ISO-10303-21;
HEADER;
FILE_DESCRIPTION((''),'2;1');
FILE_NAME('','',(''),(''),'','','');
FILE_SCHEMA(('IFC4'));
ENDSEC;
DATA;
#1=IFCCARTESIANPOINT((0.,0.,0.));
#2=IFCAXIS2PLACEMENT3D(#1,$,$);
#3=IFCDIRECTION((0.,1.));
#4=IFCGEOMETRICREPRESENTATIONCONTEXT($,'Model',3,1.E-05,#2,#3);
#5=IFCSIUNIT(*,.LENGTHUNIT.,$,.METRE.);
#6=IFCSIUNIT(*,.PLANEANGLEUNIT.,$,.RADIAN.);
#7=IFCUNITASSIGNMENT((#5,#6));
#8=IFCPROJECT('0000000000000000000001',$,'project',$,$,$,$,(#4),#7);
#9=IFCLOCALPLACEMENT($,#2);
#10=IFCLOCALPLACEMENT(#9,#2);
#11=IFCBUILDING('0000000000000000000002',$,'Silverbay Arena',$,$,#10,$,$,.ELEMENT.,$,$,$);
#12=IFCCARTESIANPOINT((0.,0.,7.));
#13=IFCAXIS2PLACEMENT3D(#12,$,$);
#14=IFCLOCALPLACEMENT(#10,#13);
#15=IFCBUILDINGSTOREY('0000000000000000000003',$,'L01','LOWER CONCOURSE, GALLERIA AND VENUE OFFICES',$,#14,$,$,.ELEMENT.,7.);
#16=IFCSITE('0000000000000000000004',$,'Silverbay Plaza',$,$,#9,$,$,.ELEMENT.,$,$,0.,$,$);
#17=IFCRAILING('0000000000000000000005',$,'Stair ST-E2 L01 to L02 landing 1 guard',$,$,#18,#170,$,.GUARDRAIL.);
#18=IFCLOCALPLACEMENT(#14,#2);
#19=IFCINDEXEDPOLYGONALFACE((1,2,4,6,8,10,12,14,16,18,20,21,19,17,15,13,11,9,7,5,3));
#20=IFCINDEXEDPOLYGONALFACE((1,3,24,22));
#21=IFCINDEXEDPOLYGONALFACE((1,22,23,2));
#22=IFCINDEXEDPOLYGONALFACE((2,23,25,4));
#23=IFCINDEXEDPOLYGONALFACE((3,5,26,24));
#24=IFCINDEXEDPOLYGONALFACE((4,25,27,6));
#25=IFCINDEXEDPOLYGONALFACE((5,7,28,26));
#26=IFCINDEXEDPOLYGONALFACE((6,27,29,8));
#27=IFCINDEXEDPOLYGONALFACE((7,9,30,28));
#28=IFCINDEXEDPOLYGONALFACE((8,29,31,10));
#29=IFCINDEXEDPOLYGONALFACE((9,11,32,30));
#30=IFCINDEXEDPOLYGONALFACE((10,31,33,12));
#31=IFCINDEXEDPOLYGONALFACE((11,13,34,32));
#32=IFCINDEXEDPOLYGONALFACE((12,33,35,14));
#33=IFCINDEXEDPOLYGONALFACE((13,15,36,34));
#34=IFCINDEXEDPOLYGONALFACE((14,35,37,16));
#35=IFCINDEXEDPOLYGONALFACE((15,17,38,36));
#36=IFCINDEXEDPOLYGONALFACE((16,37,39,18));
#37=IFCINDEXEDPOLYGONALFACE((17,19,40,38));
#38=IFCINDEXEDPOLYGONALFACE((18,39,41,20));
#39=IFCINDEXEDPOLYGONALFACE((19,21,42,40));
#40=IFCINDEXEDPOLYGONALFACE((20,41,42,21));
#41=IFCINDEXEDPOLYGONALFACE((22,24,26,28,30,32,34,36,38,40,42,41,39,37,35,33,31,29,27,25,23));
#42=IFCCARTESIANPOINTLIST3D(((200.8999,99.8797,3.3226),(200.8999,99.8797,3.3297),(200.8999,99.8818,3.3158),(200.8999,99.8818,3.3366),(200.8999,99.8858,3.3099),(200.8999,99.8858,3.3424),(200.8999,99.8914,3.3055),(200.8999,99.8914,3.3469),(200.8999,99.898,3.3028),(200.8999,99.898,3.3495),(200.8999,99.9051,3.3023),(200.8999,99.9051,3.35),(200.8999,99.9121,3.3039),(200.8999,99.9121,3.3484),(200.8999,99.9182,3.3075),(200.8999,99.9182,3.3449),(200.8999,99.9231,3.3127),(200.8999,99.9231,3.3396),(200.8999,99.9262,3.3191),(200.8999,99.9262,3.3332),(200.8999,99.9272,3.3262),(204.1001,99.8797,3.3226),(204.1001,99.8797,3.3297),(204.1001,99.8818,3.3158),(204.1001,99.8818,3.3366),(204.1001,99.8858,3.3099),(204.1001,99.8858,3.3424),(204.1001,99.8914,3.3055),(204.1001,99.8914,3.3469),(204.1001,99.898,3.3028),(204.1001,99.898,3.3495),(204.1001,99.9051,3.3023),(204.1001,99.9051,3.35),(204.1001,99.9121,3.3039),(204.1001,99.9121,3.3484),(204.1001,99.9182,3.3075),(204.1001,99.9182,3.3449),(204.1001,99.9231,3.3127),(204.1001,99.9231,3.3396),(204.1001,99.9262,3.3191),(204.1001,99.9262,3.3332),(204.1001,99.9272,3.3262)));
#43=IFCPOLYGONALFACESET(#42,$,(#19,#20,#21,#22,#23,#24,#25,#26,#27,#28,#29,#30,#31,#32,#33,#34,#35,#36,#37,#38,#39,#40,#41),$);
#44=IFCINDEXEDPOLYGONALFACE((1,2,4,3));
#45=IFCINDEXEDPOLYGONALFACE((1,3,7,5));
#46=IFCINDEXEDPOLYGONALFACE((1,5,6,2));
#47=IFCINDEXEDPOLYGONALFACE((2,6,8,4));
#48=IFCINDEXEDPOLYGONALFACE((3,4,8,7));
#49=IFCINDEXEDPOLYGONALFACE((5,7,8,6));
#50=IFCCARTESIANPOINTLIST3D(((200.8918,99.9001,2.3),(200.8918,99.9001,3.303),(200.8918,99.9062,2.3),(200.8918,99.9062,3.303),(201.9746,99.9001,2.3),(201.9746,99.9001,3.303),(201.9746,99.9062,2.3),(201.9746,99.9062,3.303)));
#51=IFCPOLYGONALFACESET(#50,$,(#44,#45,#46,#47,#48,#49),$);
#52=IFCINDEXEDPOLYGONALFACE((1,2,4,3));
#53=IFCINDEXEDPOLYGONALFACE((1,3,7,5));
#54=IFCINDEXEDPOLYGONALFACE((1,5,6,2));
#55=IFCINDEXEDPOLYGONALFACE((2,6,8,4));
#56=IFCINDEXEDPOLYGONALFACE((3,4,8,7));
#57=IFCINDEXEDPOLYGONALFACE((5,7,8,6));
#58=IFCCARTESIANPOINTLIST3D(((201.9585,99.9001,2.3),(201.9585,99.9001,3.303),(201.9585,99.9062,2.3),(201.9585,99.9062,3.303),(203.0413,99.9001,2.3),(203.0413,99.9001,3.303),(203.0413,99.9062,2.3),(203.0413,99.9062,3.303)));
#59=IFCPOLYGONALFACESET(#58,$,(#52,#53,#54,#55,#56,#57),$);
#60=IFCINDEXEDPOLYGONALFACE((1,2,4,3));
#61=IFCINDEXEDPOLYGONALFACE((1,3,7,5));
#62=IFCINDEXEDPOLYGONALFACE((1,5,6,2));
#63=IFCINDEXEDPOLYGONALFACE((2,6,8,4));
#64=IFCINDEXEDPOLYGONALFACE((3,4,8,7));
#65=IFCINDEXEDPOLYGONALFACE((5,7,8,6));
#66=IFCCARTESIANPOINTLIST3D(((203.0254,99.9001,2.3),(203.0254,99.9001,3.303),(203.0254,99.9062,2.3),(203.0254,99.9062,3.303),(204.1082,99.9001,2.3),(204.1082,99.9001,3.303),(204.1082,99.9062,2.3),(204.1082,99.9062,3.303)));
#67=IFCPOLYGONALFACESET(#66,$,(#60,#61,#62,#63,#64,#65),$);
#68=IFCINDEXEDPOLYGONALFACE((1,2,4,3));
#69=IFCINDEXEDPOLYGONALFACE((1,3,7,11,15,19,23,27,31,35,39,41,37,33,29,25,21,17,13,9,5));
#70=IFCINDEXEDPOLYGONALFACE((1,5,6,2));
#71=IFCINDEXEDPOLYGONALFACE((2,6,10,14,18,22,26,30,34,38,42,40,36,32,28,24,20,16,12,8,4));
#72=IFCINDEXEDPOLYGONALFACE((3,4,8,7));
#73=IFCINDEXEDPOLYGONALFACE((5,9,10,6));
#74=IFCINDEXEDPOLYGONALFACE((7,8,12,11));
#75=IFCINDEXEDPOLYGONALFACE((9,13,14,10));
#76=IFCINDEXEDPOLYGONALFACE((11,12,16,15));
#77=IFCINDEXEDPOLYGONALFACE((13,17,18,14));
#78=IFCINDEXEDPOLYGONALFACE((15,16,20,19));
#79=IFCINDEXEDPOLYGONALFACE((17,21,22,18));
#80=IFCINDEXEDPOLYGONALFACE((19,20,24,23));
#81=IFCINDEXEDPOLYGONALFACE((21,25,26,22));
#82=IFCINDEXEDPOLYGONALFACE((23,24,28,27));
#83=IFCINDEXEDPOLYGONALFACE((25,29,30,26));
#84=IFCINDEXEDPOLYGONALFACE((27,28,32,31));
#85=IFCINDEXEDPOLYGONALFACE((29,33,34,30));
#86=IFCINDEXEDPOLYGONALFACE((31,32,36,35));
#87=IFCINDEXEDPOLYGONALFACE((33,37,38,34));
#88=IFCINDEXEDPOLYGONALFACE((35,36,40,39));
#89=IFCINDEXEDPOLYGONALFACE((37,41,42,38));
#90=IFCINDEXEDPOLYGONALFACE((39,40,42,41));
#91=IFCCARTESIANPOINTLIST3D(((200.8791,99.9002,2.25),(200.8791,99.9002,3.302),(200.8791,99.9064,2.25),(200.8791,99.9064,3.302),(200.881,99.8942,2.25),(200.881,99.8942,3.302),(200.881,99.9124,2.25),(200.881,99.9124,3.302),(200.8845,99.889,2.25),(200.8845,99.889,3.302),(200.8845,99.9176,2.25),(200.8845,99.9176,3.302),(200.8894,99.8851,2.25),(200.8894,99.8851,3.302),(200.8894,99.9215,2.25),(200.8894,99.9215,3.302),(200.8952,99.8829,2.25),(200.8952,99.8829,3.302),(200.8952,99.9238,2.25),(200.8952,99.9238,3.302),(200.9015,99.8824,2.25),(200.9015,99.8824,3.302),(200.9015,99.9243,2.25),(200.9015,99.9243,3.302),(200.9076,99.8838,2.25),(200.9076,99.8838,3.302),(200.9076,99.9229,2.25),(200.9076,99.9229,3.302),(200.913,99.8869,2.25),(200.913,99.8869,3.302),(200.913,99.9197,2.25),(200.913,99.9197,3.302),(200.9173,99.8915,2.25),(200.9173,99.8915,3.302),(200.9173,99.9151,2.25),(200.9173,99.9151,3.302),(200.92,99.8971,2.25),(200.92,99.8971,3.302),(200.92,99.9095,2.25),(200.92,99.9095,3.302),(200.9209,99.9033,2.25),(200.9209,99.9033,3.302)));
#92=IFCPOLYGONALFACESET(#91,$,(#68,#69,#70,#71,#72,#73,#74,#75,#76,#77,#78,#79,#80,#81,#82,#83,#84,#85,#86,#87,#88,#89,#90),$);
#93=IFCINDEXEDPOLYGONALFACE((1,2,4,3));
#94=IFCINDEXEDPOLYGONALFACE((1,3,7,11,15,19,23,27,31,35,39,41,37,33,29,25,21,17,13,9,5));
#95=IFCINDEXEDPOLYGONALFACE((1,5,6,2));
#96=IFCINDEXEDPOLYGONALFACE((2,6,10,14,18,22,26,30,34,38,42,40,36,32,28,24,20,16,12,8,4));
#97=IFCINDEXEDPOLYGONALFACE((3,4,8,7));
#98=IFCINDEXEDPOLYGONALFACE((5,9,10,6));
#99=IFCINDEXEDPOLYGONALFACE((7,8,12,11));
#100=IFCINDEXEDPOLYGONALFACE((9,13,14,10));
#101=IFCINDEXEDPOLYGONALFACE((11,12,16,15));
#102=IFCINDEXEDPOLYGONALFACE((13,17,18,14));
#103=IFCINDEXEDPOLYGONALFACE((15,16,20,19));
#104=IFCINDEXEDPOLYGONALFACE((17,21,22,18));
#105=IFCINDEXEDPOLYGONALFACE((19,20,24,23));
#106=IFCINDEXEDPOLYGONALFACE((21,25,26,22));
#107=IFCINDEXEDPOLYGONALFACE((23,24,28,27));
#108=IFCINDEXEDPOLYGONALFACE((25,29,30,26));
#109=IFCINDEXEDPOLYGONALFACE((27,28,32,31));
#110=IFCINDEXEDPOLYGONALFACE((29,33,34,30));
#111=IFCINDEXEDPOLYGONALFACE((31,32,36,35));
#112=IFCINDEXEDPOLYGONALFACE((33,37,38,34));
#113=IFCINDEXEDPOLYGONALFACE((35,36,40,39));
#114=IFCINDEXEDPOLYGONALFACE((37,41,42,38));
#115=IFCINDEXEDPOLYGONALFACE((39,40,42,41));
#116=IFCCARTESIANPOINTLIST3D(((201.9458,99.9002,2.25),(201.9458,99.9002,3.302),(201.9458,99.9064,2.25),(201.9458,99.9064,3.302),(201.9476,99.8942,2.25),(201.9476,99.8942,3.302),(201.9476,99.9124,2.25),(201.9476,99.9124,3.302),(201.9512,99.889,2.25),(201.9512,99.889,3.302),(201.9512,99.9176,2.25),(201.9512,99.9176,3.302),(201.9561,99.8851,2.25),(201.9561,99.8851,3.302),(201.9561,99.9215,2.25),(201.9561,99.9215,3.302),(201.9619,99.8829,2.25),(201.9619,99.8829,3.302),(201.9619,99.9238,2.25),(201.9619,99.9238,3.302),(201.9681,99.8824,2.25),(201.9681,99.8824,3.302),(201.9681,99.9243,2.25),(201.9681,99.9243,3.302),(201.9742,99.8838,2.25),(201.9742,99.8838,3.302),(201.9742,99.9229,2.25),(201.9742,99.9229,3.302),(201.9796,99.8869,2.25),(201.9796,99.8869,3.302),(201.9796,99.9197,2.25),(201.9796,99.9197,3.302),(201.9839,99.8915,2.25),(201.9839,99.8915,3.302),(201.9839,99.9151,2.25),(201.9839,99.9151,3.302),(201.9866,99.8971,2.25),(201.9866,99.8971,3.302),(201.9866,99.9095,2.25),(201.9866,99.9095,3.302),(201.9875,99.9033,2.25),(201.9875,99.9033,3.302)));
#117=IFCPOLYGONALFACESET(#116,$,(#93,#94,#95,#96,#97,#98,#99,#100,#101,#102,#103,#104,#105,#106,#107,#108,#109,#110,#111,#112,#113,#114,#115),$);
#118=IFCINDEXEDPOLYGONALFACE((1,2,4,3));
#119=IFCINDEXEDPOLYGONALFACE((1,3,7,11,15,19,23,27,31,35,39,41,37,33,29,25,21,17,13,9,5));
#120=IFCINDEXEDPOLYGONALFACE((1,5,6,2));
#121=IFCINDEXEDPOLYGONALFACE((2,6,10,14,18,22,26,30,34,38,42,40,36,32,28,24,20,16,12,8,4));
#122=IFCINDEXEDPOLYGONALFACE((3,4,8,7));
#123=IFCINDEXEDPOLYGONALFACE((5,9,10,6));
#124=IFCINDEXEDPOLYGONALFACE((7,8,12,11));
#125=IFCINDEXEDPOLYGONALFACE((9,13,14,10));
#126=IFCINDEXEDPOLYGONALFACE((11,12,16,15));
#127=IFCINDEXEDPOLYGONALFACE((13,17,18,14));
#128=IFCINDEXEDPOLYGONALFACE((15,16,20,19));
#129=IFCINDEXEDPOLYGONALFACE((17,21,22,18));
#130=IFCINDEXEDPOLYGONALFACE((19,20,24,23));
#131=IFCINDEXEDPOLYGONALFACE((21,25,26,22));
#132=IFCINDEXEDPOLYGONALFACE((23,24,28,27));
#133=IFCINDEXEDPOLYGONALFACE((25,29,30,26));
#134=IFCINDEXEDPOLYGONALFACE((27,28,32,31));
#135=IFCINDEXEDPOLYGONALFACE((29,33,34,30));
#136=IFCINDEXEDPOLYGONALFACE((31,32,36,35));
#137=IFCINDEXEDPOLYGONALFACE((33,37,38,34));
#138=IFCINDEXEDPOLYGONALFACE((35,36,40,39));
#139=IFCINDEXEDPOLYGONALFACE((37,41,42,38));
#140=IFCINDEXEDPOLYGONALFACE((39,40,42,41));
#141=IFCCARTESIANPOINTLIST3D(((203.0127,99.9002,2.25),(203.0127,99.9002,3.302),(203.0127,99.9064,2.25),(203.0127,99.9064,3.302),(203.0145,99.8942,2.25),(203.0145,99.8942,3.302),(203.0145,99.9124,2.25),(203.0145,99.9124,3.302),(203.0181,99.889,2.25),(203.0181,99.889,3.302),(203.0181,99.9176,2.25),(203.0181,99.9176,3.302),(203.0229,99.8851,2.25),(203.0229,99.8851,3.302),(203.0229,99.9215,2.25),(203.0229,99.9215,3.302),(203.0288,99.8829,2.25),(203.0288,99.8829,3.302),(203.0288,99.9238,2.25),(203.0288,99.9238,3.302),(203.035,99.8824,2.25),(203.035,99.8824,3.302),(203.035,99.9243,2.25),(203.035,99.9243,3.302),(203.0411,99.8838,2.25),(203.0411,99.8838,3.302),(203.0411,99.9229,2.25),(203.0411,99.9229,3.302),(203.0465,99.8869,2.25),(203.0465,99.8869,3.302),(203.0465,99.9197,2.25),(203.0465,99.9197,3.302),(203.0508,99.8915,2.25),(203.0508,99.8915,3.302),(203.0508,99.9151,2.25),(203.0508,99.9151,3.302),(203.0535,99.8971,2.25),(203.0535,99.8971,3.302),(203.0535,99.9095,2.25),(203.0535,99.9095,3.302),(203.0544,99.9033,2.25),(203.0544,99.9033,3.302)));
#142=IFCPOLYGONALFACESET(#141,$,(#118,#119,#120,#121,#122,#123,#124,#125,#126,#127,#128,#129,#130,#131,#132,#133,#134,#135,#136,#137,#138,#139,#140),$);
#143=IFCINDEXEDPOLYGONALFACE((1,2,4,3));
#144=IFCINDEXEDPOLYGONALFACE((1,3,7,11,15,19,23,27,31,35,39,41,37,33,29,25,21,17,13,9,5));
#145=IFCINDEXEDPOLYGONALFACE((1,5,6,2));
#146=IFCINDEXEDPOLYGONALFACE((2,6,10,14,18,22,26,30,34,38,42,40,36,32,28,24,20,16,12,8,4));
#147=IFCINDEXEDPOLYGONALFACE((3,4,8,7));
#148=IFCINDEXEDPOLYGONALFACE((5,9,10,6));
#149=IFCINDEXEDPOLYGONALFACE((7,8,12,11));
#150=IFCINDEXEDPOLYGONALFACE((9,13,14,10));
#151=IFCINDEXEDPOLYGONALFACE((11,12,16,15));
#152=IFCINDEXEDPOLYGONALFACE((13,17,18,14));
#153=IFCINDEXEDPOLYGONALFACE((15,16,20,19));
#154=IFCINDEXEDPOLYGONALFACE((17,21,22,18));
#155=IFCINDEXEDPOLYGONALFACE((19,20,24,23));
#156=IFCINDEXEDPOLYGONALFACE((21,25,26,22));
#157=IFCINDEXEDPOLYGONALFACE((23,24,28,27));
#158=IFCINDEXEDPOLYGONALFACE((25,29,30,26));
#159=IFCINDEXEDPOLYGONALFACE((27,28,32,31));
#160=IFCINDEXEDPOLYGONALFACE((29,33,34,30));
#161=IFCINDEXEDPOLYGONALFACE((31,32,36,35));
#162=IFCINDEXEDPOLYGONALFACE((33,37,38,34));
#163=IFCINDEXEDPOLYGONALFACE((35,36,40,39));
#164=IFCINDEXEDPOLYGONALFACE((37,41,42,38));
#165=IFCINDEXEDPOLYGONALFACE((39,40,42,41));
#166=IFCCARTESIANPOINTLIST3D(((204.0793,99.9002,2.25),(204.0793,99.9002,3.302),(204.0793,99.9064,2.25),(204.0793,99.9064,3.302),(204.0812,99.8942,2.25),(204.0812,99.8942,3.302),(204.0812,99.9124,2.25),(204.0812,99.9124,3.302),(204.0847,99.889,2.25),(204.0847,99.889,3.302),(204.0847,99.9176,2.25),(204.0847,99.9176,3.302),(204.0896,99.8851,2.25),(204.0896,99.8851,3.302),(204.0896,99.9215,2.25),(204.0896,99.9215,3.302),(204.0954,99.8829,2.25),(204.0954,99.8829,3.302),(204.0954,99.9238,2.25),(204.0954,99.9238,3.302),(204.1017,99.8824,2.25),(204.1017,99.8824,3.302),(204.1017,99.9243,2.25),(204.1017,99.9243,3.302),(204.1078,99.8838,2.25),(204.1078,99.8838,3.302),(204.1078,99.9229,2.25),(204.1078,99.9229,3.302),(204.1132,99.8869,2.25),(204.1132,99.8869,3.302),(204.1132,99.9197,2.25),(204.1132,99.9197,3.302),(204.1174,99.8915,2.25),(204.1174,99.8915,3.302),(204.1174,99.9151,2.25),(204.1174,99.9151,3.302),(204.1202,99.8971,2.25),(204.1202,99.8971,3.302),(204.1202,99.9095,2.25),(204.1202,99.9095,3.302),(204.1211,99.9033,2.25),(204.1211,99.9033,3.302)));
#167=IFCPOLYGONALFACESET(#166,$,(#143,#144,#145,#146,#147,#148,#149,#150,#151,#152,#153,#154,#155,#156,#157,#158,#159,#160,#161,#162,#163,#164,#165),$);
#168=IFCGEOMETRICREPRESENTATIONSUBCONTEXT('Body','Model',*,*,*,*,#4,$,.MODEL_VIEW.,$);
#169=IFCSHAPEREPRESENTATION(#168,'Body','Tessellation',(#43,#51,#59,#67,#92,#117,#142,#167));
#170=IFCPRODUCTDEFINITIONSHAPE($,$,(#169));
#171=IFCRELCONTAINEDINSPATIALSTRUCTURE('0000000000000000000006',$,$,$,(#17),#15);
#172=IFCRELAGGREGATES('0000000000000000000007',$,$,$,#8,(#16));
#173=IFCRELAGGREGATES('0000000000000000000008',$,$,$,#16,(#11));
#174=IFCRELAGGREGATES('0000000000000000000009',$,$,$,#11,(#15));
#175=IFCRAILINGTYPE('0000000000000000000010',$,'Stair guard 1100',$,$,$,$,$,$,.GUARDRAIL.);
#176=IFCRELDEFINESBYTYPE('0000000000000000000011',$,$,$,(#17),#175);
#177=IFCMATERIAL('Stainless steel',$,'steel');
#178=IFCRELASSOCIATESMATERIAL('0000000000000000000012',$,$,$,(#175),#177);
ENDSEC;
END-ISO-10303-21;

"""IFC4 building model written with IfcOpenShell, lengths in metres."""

from ifc_helpers import new_model, si_unit, direction, frame, origin, origin_2d, place, context, subcontext, project, spatial, polyline, circle, outline, extrude, material, type_object, element, save


model = new_model("IFC4")

# Units and contexts
model_context = context("Model", 3, precision=1e-05, world=origin(), true_north=direction((0.0, 1.0)))
body_context = subcontext(model_context, "Body", "Model", "MODEL_VIEW")
ifc_project = project(units=[si_unit("LENGTHUNIT", "METRE"), si_unit("PLANEANGLEUNIT", "RADIAN")], contexts=[model_context])

# Site, building, storey
site_placement = place(None, origin())
site = spatial("IfcSite", under=ifc_project, at=site_placement, Name="Silverbay Plaza", CompositionType="ELEMENT", RefElevation=0.0)
building_placement = place(site_placement, origin())
building = spatial("IfcBuilding", under=site, at=building_placement, Name="Silverbay Arena", CompositionType="ELEMENT")
storey_placement = place(building_placement, frame((0.0, 0.0, 7.0)))
storey = spatial("IfcBuildingStorey", under=building, at=storey_placement, Name="L01", Description="LOWER CONCOURSE, GALLERIA AND VENUE OFFICES", CompositionType="ELEMENT", Elevation=7.0)

# Railing
ifc_material_1 = material(Name="Stainless steel", Category="steel")
railing_type_1 = type_object("IfcRailingType", Name="Stair guard 1100", PredefinedType="GUARDRAIL", material=ifc_material_1)
for number, where, name in (
    (1, (200.8999, 99.9033, 2.25), "Stair ST-E2 L01 to L02 landing 1 guard"),
):
    element("IfcRailing", number, at=place(storey_placement, frame(where)), inside=storey, type_object=railing_type_1, Name=name, PredefinedType="GUARDRAIL", context=body_context, shape_type="SweptSolid", body=[
        extrude(circle(Radius=0.0239, at=origin_2d()), frame((0.0, 0.0, 1.0762), z_axis=(1.0, 0.0, 0.0), x_axis=(0.0, 1.0, 0.0)), (0.0, 0.0, 1.0), 3.2002),
        extrude(outline(polyline([(-0.0081, 0.05), (1.0747, 0.05), (1.0747, 1.053), (-0.0081, 1.053), (-0.0081, 0.05)])), frame((0.0, 0.0029, 0.0), z_axis=(0.0, -1.0, 0.0), x_axis=(1.0, 0.0, 0.0)), (0.0, 0.0, 1.0), 0.0061),
        extrude(outline(polyline([(-0.0081, 0.05), (1.0747, 0.05), (1.0747, 1.053), (-0.0081, 1.053), (-0.0081, 0.05)])), frame((1.0667, 0.0029, 0.0), z_axis=(0.0, -1.0, 0.0), x_axis=(1.0, 0.0, 0.0)), (0.0, 0.0, 1.0), 0.0061),
        extrude(outline(polyline([(-0.0081, 0.05), (1.0747, 0.05), (1.0747, 1.053), (-0.0081, 1.053), (-0.0081, 0.05)])), frame((2.1335, 0.0029, 0.0), z_axis=(0.0, -1.0, 0.0), x_axis=(1.0, 0.0, 0.0)), (0.0, 0.0, 1.0), 0.0061),
        extrude(circle(Radius=0.021, at=origin_2d()), origin(), (0.0, 0.0, 1.0), 1.052),
        extrude(circle(Radius=0.021, at=origin_2d()), frame((1.0667, 0.0, 0.0)), (0.0, 0.0, 1.0), 1.052),
        extrude(circle(Radius=0.021, at=origin_2d()), frame((2.1335, 0.0, 0.0)), (0.0, 0.0, 1.0), 1.052),
        extrude(circle(Radius=0.021, at=origin_2d()), frame((3.2002, 0.0, 0.0)), (0.0, 0.0, 1.0), 1.052),
    ])

save(model, "model.ifc")
